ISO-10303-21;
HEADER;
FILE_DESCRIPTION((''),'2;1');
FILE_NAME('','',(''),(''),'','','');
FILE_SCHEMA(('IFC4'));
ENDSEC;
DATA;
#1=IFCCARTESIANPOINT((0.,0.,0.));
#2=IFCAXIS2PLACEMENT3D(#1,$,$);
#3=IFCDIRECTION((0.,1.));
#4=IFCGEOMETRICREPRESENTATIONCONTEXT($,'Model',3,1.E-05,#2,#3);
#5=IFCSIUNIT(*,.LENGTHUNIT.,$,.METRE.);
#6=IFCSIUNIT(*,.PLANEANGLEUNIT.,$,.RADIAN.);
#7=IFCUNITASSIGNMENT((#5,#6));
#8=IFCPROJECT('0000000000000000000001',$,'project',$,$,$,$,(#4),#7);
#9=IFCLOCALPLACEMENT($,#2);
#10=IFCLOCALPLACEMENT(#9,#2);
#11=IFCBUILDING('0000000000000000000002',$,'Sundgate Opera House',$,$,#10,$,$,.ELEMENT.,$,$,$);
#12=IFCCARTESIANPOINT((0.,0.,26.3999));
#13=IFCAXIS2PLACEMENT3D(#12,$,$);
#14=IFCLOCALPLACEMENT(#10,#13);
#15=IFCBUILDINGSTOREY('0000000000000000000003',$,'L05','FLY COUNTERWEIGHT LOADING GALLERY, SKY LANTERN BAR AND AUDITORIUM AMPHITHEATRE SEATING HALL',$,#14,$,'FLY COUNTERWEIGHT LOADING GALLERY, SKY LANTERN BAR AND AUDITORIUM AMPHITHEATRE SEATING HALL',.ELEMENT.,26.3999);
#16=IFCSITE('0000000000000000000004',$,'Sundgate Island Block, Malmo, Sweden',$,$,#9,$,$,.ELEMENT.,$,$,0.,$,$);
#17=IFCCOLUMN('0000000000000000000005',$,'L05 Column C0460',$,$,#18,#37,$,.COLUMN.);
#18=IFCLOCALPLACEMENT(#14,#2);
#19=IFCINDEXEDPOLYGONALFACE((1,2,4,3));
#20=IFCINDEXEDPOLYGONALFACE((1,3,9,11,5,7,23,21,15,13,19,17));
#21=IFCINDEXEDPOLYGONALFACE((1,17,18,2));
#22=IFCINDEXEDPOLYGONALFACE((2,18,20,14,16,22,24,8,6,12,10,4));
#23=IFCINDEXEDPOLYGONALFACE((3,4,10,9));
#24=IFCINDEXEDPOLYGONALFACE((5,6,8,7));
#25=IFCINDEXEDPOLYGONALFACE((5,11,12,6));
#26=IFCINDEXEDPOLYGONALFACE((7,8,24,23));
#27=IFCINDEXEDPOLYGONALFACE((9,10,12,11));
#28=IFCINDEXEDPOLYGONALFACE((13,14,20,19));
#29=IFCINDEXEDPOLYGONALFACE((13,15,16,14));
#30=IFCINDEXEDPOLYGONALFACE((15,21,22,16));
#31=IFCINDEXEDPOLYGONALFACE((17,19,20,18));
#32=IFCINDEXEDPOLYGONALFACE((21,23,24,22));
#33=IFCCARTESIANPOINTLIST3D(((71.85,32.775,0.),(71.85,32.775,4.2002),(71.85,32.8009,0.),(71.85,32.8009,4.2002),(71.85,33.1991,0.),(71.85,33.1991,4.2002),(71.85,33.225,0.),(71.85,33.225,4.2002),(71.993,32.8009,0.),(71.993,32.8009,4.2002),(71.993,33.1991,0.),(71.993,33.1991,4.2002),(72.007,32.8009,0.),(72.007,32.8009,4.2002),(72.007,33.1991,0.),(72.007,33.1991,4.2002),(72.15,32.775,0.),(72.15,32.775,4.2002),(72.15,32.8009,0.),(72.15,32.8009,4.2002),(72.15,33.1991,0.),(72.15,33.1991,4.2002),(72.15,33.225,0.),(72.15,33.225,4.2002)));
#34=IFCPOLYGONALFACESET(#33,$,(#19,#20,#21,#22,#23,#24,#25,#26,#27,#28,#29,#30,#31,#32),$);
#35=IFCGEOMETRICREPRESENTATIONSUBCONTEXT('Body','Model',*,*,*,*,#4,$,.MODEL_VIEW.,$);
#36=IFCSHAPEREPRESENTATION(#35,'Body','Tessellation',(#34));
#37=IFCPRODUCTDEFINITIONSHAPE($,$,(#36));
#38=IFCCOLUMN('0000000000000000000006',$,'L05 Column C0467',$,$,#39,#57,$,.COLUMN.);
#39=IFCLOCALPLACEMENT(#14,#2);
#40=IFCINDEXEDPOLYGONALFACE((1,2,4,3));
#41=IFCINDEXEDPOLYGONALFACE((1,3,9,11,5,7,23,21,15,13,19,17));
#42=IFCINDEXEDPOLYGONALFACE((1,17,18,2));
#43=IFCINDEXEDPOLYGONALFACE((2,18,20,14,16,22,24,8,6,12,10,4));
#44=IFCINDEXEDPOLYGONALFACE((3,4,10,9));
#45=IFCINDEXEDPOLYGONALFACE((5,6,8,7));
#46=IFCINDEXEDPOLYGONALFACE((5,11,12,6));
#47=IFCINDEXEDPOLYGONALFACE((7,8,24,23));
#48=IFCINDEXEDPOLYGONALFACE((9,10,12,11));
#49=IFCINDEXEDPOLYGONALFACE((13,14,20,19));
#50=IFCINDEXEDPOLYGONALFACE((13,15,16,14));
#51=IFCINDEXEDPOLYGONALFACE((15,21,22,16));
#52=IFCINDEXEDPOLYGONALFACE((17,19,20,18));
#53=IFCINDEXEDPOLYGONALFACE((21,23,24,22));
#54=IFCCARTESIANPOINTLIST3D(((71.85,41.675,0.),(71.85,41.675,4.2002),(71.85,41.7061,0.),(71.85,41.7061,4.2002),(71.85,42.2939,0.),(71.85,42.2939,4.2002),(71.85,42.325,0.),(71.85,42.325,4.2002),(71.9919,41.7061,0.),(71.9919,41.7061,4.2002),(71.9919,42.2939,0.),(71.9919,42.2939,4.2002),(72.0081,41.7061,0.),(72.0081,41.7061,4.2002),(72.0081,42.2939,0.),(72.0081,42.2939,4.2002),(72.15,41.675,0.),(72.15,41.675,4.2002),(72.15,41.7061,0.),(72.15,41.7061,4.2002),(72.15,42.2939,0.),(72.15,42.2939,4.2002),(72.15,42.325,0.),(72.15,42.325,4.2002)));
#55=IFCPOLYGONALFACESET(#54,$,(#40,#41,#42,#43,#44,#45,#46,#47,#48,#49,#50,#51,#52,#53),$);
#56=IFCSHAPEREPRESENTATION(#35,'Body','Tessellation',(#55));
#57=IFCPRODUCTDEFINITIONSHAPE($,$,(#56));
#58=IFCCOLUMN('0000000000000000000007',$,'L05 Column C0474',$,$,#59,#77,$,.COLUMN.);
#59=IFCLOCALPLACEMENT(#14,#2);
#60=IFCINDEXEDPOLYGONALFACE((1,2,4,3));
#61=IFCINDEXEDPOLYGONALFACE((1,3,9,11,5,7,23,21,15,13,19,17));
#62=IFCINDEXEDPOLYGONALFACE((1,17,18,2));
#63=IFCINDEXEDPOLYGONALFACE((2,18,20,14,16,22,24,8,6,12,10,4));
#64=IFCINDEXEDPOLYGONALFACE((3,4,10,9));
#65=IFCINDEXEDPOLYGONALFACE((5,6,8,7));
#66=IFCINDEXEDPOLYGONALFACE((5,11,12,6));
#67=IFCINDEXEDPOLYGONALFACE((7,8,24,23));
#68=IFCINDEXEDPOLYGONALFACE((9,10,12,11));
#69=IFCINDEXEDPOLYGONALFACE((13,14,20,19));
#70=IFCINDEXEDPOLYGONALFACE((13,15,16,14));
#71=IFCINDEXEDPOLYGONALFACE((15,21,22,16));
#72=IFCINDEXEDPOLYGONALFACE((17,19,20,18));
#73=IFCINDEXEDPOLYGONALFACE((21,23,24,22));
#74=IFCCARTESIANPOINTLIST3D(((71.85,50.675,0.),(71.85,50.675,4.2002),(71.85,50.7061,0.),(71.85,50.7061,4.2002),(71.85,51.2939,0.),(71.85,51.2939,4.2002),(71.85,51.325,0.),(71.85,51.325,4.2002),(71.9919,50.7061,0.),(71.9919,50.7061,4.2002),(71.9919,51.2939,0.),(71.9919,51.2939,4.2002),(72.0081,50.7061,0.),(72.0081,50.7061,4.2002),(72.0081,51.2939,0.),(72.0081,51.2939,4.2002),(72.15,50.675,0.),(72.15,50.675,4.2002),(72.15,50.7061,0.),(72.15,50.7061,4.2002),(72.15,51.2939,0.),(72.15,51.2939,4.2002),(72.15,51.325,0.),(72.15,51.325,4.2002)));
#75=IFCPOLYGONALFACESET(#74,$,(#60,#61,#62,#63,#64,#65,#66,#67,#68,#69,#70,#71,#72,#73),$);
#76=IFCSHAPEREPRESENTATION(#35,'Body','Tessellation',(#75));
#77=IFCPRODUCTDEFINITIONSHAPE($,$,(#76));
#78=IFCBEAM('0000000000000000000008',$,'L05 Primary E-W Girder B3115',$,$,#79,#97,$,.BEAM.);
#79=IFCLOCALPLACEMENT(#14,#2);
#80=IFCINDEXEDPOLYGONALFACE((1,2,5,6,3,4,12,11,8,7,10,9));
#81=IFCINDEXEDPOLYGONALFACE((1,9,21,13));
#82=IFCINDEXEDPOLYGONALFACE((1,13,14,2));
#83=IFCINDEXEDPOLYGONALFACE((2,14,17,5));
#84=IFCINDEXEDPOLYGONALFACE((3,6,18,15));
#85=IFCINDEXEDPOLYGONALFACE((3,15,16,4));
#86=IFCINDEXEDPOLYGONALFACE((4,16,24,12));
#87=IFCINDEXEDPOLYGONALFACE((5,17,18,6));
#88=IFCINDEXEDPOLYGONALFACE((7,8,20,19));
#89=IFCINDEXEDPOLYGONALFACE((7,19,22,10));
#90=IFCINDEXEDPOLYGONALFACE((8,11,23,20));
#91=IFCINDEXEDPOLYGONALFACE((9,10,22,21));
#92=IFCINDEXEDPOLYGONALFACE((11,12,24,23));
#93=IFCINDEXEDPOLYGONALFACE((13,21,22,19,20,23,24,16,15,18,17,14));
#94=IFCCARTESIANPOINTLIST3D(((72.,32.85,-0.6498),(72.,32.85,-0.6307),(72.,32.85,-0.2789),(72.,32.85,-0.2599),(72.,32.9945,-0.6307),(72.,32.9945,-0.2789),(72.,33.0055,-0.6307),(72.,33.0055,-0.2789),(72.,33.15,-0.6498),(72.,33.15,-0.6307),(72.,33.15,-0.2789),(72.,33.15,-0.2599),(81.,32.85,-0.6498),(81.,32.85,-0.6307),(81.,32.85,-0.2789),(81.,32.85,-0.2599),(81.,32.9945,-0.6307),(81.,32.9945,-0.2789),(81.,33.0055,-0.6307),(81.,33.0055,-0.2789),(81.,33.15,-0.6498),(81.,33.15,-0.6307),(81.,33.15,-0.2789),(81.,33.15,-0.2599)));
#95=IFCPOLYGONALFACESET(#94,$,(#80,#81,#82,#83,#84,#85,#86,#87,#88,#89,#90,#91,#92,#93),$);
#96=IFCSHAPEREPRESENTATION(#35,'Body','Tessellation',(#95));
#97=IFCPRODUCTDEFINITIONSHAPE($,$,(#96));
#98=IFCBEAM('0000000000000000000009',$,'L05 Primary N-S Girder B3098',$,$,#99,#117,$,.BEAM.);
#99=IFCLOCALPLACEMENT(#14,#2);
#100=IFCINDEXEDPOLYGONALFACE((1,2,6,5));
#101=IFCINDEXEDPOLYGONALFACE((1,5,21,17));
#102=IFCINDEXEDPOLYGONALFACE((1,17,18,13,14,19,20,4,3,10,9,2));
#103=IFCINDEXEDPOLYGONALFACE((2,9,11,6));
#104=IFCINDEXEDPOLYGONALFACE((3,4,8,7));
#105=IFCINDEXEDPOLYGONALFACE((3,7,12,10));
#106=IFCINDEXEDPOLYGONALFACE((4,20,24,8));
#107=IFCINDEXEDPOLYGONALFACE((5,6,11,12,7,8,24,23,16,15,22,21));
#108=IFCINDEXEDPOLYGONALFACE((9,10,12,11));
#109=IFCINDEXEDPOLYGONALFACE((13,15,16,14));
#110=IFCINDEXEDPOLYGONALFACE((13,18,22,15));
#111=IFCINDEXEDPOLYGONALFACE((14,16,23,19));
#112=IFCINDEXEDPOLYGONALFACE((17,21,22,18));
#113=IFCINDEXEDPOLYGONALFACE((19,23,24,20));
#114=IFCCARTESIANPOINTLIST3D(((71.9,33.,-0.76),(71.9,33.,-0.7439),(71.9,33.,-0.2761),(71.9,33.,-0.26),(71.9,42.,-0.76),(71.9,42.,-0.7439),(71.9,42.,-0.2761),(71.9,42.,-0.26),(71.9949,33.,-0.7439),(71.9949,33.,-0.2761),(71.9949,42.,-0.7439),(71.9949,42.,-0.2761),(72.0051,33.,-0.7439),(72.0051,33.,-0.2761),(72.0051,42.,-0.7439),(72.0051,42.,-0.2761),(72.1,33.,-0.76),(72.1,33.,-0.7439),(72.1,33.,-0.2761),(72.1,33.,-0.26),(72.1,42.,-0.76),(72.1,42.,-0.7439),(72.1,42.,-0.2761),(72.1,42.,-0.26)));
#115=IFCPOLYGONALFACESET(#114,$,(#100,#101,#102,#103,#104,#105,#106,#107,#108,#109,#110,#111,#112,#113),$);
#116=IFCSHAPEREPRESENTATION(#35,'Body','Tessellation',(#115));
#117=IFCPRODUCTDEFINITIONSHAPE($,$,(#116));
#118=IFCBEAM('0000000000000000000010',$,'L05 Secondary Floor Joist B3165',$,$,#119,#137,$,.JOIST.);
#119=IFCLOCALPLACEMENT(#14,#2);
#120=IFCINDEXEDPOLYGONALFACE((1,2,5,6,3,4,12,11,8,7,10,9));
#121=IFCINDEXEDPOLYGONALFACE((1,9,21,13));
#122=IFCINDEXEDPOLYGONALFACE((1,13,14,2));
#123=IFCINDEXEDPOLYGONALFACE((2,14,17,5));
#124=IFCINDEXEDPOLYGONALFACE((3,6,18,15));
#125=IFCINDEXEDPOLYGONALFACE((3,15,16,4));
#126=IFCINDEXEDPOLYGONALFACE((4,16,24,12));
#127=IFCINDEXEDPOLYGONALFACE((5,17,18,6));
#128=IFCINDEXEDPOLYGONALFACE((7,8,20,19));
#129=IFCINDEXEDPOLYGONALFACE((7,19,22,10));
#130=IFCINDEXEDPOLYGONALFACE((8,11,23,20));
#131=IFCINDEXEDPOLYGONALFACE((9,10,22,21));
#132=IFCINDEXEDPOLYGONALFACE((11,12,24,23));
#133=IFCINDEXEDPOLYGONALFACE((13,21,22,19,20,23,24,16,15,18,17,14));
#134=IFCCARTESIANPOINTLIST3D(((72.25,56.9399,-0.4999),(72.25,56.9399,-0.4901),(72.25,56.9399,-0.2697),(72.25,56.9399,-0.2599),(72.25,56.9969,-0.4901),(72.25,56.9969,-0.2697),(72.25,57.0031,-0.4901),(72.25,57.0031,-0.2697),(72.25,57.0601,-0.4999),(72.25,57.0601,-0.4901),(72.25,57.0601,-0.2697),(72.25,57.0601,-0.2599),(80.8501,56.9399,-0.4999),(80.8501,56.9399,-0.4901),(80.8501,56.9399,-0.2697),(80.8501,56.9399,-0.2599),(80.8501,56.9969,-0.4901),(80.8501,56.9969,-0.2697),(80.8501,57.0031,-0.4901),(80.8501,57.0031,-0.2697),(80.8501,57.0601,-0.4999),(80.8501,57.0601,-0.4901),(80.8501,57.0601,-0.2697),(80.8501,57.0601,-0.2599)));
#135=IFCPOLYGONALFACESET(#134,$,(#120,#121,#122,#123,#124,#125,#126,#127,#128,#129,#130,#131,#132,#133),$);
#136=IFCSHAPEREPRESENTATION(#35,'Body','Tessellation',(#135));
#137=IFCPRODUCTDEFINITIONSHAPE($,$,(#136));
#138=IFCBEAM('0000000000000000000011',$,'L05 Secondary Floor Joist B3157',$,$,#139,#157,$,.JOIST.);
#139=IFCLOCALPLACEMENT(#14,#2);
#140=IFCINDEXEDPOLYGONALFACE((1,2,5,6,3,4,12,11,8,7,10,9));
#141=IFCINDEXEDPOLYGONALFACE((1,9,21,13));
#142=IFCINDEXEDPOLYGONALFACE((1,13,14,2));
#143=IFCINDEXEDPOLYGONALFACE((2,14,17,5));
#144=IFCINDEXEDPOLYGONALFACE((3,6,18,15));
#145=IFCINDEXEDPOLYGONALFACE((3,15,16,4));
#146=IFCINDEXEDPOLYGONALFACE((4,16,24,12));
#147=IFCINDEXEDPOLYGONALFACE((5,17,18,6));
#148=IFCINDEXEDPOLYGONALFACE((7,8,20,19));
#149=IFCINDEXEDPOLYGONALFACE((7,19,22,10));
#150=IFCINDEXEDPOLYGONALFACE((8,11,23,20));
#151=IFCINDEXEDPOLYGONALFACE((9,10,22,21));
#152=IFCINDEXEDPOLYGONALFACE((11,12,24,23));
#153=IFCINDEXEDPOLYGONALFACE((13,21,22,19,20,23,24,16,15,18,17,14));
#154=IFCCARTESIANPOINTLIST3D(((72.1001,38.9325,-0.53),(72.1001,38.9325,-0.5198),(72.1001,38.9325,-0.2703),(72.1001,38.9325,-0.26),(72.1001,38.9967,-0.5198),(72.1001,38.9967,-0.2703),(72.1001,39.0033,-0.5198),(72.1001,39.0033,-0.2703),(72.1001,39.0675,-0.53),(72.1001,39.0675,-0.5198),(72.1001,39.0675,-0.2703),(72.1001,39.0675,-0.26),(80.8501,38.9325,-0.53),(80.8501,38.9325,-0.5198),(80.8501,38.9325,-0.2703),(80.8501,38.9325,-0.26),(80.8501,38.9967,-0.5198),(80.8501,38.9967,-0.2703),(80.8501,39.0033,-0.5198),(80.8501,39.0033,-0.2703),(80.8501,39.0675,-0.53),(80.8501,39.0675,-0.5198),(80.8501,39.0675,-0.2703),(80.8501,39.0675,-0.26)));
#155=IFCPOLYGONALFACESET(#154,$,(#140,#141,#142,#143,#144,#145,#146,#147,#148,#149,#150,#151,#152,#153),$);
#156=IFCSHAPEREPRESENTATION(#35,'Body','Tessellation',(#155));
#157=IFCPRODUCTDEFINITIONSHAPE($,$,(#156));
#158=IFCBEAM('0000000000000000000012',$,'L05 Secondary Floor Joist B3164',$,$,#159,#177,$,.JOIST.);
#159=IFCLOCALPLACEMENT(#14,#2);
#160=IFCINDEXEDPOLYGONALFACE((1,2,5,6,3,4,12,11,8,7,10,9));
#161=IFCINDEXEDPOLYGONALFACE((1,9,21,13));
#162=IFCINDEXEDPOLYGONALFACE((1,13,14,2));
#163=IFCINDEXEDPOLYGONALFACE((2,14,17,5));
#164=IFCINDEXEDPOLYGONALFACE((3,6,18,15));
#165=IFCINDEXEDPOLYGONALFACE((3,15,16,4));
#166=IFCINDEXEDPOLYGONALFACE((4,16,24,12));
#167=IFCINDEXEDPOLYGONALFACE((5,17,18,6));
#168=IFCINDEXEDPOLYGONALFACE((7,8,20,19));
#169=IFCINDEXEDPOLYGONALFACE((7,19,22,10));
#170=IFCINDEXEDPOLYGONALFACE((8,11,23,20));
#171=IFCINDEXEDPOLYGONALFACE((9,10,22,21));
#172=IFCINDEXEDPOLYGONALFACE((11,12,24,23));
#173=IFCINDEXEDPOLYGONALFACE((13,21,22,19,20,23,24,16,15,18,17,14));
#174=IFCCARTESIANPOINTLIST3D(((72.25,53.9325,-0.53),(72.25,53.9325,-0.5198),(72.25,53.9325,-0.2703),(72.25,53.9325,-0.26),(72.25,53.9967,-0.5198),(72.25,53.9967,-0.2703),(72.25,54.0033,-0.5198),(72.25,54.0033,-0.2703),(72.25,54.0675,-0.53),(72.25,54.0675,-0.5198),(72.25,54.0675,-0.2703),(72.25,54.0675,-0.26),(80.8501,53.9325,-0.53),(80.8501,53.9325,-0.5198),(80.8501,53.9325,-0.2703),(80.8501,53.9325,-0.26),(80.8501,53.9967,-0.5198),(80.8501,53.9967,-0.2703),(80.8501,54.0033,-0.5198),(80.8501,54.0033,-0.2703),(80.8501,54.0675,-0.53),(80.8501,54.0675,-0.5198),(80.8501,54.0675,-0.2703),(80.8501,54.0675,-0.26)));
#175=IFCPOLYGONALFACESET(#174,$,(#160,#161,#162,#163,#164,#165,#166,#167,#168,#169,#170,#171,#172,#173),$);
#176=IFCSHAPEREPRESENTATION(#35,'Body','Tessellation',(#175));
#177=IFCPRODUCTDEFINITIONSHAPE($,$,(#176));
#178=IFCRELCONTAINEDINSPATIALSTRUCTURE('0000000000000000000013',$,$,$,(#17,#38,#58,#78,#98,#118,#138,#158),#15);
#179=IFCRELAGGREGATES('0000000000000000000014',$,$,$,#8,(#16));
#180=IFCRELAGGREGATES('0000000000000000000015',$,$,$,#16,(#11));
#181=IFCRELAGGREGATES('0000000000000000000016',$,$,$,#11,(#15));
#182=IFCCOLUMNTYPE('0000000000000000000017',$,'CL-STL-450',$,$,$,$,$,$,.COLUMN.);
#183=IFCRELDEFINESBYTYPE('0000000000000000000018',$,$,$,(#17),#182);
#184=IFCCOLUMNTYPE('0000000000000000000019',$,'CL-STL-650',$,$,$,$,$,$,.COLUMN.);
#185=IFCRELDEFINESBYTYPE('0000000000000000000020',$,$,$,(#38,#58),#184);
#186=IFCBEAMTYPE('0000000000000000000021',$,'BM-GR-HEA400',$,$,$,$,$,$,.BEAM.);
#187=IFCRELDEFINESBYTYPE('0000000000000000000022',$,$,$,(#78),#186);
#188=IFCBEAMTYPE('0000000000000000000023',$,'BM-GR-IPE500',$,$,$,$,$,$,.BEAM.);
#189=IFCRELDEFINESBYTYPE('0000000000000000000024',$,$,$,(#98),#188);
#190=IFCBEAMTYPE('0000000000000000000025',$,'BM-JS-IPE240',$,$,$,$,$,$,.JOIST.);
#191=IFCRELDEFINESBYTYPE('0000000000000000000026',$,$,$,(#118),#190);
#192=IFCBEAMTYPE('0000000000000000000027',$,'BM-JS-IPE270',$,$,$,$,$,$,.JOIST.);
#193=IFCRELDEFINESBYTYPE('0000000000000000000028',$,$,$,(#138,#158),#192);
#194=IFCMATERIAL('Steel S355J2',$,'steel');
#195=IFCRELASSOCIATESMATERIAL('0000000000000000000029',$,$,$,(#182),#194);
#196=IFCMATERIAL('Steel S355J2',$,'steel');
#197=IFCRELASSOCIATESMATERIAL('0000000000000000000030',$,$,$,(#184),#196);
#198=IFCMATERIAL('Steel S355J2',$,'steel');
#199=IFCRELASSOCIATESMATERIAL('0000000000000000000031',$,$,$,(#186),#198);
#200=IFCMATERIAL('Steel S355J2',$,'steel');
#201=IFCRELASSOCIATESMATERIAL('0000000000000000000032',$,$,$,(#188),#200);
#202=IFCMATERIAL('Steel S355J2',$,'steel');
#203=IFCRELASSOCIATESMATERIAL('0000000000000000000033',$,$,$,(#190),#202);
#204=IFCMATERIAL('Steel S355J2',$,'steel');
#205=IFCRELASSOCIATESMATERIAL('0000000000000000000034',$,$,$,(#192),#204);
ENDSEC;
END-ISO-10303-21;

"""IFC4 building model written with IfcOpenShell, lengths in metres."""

from ifc_helpers import new_model, si_unit, direction, frame, origin, origin_2d, place, context, subcontext, project, spatial, i_section, extrude, material, material_profile, profile_set, type_object, element, save


model = new_model("IFC4")

# Units and contexts
model_context = context("Model", 3, precision=1e-05, world=origin(), true_north=direction((0.0, 1.0)))
body_context = subcontext(model_context, "Body", "Model", "MODEL_VIEW")
ifc_project = project(units=[si_unit("LENGTHUNIT", "METRE"), si_unit("PLANEANGLEUNIT", "RADIAN")], contexts=[model_context])

# Site, building, storey
site_placement = place(None, origin())
site = spatial("IfcSite", under=ifc_project, at=site_placement, Name="Sundgate Island Block, Malmo, Sweden", CompositionType="ELEMENT", RefElevation=0.0)
building_placement = place(site_placement, origin())
building = spatial("IfcBuilding", under=site, at=building_placement, Name="Sundgate Opera House", CompositionType="ELEMENT")
storey_placement = place(building_placement, frame((0.0, 0.0, 26.3999)))
storey = spatial("IfcBuildingStorey", under=building, at=storey_placement, Name="L05", Description="FLY COUNTERWEIGHT LOADING GALLERY, SKY LANTERN BAR AND AUDITORIUM AMPHITHEATRE SEATING HALL", LongName="FLY COUNTERWEIGHT LOADING GALLERY, SKY LANTERN BAR AND AUDITORIUM AMPHITHEATRE SEATING HALL", CompositionType="ELEMENT", Elevation=26.3999)

# Columns
ifc_material_1 = material(Name="Steel S355J2", Category="steel")
ifc_material_profile_1 = material_profile(ifc_material_1, i_section(OverallWidth=0.3, OverallDepth=0.45, WebThickness=0.0139, FlangeThickness=0.0259, at=origin_2d()), Name="HEB 450")
ifc_profile_set_1 = profile_set([ifc_material_profile_1], Name="Steel S355J2")
column_type_1 = type_object("IfcColumnType", Name="CL-STL-450", PredefinedType="COLUMN", material=ifc_profile_set_1)
column_placement = place(storey_placement, frame((72.0, 33.0, 0.0), z_axis=(0.0, 0.0, 1.0), x_axis=(1.0, 0.0, 0.0)))
element("IfcColumn", 1, at=column_placement, inside=storey, type_object=column_type_1, Name="L05 Column C0460", PredefinedType="COLUMN", context=body_context, shape_type="SweptSolid", body=[
    extrude(i_section(OverallWidth=0.3, OverallDepth=0.45, WebThickness=0.0139, FlangeThickness=0.0259, at=origin_2d()), origin(), (0.0, 0.0, 1.0), 4.2002),
])
ifc_material_2 = material(Name="Steel S355J2", Category="steel")
ifc_material_profile_2 = material_profile(ifc_material_2, i_section(OverallWidth=0.3, OverallDepth=0.6499, WebThickness=0.0161, FlangeThickness=0.031, at=origin_2d()), Name="HEB 650")
ifc_profile_set_2 = profile_set([ifc_material_profile_2], Name="Steel S355J2")
column_type_2 = type_object("IfcColumnType", Name="CL-STL-650", PredefinedType="COLUMN", material=ifc_profile_set_2)
for number, where, z_axis, x_axis, name in (
    (2, (72.0, 42.0, 0.0), (0.0, 0.0, 1.0), (1.0, 0.0, 0.0), "L05 Column C0467"),
    (3, (72.0, 51.0, 0.0), (0.0, 0.0, 1.0), (1.0, 0.0, 0.0), "L05 Column C0474"),
):
    element("IfcColumn", number, at=place(storey_placement, frame(where, z_axis=z_axis, x_axis=x_axis)), inside=storey, type_object=column_type_2, Name=name, PredefinedType="COLUMN", context=body_context, shape_type="SweptSolid", body=[
        extrude(i_section(OverallWidth=0.3, OverallDepth=0.6499, WebThickness=0.0161, FlangeThickness=0.031, at=origin_2d()), origin(), (0.0, 0.0, 1.0), 4.2002),
    ])

# Beams
ifc_material_3 = material(Name="Steel S355J2", Category="steel")
ifc_material_profile_3 = material_profile(ifc_material_3, i_section(OverallWidth=0.3, OverallDepth=0.3899, WebThickness=0.011, FlangeThickness=0.019, at=origin_2d()), Name="HEA 400")
ifc_profile_set_3 = profile_set([ifc_material_profile_3], Name="Steel S355J2")
beam_type_1 = type_object("IfcBeamType", Name="BM-GR-HEA400", PredefinedType="BEAM", material=ifc_profile_set_3)
beam_1_placement = place(storey_placement, frame((72.0, 33.0, -0.4548), z_axis=(1.0, 0.0, 0.0), x_axis=(0.0, 1.0, 0.0)))
element("IfcBeam", 4, at=beam_1_placement, inside=storey, type_object=beam_type_1, Name="L05 Primary E-W Girder B3115", PredefinedType="BEAM", context=body_context, shape_type="SweptSolid", body=[
    extrude(i_section(OverallWidth=0.3, OverallDepth=0.3899, WebThickness=0.011, FlangeThickness=0.019, at=origin_2d()), origin(), (0.0, 0.0, 1.0), 9.0),
])
ifc_material_4 = material(Name="Steel S355J2", Category="steel")
ifc_material_profile_4 = material_profile(ifc_material_4, i_section(OverallWidth=0.2, OverallDepth=0.5, WebThickness=0.0103, FlangeThickness=0.0161, at=origin_2d()), Name="IPE 500")
ifc_profile_set_4 = profile_set([ifc_material_profile_4], Name="Steel S355J2")
beam_type_2 = type_object("IfcBeamType", Name="BM-GR-IPE500", PredefinedType="BEAM", material=ifc_profile_set_4)
beam_2_placement = place(storey_placement, frame((72.0, 33.0, -0.51), z_axis=(0.0, 1.0, 0.0), x_axis=(-1.0, 0.0, 0.0)))
element("IfcBeam", 5, at=beam_2_placement, inside=storey, type_object=beam_type_2, Name="L05 Primary N-S Girder B3098", PredefinedType="BEAM", context=body_context, shape_type="SweptSolid", body=[
    extrude(i_section(OverallWidth=0.2, OverallDepth=0.5, WebThickness=0.0103, FlangeThickness=0.0161, at=origin_2d()), origin(), (0.0, 0.0, 1.0), 9.0),
])
ifc_material_5 = material(Name="Steel S355J2", Category="steel")
ifc_material_profile_5 = material_profile(ifc_material_5, i_section(OverallWidth=0.1201, OverallDepth=0.24, WebThickness=0.0061, FlangeThickness=0.0098, at=origin_2d()), Name="IPE 240")
ifc_profile_set_5 = profile_set([ifc_material_profile_5], Name="Steel S355J2")
beam_type_3 = type_object("IfcBeamType", Name="BM-JS-IPE240", PredefinedType="JOIST", material=ifc_profile_set_5)
beam_3_placement = place(storey_placement, frame((72.25, 57.0, -0.3799), z_axis=(1.0, 0.0, 0.0), x_axis=(0.0, 1.0, 0.0)))
element("IfcBeam", 6, at=beam_3_placement, inside=storey, type_object=beam_type_3, Name="L05 Secondary Floor Joist B3165", PredefinedType="JOIST", context=body_context, shape_type="SweptSolid", body=[
    extrude(i_section(OverallWidth=0.1201, OverallDepth=0.24, WebThickness=0.0061, FlangeThickness=0.0098, at=origin_2d()), origin(), (0.0, 0.0, 1.0), 8.6001),
])
ifc_material_6 = material(Name="Steel S355J2", Category="steel")
ifc_material_profile_6 = material_profile(ifc_material_6, i_section(OverallWidth=0.135, OverallDepth=0.27, WebThickness=0.0066, FlangeThickness=0.0103, at=origin_2d()), Name="IPE 270")
ifc_profile_set_6 = profile_set([ifc_material_profile_6], Name="Steel S355J2")
beam_type_4 = type_object("IfcBeamType", Name="BM-JS-IPE270", PredefinedType="JOIST", material=ifc_profile_set_6)
beam_4_placement = place(storey_placement, frame((72.1001, 39.0, -0.395), z_axis=(1.0, 0.0, 0.0), x_axis=(0.0, 1.0, 0.0)))
element("IfcBeam", 7, at=beam_4_placement, inside=storey, type_object=beam_type_4, Name="L05 Secondary Floor Joist B3157", PredefinedType="JOIST", context=body_context, shape_type="SweptSolid", body=[
    extrude(i_section(OverallWidth=0.135, OverallDepth=0.27, WebThickness=0.0066, FlangeThickness=0.0103, at=origin_2d()), origin(), (0.0, 0.0, 1.0), 8.75),
])
beam_5_placement = place(storey_placement, frame((72.25, 54.0, -0.395), z_axis=(1.0, 0.0, 0.0), x_axis=(0.0, 1.0, 0.0)))
element("IfcBeam", 8, at=beam_5_placement, inside=storey, type_object=beam_type_4, Name="L05 Secondary Floor Joist B3164", PredefinedType="JOIST", context=body_context, shape_type="SweptSolid", body=[
    extrude(i_section(OverallWidth=0.135, OverallDepth=0.27, WebThickness=0.0066, FlangeThickness=0.0103, at=origin_2d()), origin(), (0.0, 0.0, 1.0), 8.6001),
])

save(model, "model.ifc")
